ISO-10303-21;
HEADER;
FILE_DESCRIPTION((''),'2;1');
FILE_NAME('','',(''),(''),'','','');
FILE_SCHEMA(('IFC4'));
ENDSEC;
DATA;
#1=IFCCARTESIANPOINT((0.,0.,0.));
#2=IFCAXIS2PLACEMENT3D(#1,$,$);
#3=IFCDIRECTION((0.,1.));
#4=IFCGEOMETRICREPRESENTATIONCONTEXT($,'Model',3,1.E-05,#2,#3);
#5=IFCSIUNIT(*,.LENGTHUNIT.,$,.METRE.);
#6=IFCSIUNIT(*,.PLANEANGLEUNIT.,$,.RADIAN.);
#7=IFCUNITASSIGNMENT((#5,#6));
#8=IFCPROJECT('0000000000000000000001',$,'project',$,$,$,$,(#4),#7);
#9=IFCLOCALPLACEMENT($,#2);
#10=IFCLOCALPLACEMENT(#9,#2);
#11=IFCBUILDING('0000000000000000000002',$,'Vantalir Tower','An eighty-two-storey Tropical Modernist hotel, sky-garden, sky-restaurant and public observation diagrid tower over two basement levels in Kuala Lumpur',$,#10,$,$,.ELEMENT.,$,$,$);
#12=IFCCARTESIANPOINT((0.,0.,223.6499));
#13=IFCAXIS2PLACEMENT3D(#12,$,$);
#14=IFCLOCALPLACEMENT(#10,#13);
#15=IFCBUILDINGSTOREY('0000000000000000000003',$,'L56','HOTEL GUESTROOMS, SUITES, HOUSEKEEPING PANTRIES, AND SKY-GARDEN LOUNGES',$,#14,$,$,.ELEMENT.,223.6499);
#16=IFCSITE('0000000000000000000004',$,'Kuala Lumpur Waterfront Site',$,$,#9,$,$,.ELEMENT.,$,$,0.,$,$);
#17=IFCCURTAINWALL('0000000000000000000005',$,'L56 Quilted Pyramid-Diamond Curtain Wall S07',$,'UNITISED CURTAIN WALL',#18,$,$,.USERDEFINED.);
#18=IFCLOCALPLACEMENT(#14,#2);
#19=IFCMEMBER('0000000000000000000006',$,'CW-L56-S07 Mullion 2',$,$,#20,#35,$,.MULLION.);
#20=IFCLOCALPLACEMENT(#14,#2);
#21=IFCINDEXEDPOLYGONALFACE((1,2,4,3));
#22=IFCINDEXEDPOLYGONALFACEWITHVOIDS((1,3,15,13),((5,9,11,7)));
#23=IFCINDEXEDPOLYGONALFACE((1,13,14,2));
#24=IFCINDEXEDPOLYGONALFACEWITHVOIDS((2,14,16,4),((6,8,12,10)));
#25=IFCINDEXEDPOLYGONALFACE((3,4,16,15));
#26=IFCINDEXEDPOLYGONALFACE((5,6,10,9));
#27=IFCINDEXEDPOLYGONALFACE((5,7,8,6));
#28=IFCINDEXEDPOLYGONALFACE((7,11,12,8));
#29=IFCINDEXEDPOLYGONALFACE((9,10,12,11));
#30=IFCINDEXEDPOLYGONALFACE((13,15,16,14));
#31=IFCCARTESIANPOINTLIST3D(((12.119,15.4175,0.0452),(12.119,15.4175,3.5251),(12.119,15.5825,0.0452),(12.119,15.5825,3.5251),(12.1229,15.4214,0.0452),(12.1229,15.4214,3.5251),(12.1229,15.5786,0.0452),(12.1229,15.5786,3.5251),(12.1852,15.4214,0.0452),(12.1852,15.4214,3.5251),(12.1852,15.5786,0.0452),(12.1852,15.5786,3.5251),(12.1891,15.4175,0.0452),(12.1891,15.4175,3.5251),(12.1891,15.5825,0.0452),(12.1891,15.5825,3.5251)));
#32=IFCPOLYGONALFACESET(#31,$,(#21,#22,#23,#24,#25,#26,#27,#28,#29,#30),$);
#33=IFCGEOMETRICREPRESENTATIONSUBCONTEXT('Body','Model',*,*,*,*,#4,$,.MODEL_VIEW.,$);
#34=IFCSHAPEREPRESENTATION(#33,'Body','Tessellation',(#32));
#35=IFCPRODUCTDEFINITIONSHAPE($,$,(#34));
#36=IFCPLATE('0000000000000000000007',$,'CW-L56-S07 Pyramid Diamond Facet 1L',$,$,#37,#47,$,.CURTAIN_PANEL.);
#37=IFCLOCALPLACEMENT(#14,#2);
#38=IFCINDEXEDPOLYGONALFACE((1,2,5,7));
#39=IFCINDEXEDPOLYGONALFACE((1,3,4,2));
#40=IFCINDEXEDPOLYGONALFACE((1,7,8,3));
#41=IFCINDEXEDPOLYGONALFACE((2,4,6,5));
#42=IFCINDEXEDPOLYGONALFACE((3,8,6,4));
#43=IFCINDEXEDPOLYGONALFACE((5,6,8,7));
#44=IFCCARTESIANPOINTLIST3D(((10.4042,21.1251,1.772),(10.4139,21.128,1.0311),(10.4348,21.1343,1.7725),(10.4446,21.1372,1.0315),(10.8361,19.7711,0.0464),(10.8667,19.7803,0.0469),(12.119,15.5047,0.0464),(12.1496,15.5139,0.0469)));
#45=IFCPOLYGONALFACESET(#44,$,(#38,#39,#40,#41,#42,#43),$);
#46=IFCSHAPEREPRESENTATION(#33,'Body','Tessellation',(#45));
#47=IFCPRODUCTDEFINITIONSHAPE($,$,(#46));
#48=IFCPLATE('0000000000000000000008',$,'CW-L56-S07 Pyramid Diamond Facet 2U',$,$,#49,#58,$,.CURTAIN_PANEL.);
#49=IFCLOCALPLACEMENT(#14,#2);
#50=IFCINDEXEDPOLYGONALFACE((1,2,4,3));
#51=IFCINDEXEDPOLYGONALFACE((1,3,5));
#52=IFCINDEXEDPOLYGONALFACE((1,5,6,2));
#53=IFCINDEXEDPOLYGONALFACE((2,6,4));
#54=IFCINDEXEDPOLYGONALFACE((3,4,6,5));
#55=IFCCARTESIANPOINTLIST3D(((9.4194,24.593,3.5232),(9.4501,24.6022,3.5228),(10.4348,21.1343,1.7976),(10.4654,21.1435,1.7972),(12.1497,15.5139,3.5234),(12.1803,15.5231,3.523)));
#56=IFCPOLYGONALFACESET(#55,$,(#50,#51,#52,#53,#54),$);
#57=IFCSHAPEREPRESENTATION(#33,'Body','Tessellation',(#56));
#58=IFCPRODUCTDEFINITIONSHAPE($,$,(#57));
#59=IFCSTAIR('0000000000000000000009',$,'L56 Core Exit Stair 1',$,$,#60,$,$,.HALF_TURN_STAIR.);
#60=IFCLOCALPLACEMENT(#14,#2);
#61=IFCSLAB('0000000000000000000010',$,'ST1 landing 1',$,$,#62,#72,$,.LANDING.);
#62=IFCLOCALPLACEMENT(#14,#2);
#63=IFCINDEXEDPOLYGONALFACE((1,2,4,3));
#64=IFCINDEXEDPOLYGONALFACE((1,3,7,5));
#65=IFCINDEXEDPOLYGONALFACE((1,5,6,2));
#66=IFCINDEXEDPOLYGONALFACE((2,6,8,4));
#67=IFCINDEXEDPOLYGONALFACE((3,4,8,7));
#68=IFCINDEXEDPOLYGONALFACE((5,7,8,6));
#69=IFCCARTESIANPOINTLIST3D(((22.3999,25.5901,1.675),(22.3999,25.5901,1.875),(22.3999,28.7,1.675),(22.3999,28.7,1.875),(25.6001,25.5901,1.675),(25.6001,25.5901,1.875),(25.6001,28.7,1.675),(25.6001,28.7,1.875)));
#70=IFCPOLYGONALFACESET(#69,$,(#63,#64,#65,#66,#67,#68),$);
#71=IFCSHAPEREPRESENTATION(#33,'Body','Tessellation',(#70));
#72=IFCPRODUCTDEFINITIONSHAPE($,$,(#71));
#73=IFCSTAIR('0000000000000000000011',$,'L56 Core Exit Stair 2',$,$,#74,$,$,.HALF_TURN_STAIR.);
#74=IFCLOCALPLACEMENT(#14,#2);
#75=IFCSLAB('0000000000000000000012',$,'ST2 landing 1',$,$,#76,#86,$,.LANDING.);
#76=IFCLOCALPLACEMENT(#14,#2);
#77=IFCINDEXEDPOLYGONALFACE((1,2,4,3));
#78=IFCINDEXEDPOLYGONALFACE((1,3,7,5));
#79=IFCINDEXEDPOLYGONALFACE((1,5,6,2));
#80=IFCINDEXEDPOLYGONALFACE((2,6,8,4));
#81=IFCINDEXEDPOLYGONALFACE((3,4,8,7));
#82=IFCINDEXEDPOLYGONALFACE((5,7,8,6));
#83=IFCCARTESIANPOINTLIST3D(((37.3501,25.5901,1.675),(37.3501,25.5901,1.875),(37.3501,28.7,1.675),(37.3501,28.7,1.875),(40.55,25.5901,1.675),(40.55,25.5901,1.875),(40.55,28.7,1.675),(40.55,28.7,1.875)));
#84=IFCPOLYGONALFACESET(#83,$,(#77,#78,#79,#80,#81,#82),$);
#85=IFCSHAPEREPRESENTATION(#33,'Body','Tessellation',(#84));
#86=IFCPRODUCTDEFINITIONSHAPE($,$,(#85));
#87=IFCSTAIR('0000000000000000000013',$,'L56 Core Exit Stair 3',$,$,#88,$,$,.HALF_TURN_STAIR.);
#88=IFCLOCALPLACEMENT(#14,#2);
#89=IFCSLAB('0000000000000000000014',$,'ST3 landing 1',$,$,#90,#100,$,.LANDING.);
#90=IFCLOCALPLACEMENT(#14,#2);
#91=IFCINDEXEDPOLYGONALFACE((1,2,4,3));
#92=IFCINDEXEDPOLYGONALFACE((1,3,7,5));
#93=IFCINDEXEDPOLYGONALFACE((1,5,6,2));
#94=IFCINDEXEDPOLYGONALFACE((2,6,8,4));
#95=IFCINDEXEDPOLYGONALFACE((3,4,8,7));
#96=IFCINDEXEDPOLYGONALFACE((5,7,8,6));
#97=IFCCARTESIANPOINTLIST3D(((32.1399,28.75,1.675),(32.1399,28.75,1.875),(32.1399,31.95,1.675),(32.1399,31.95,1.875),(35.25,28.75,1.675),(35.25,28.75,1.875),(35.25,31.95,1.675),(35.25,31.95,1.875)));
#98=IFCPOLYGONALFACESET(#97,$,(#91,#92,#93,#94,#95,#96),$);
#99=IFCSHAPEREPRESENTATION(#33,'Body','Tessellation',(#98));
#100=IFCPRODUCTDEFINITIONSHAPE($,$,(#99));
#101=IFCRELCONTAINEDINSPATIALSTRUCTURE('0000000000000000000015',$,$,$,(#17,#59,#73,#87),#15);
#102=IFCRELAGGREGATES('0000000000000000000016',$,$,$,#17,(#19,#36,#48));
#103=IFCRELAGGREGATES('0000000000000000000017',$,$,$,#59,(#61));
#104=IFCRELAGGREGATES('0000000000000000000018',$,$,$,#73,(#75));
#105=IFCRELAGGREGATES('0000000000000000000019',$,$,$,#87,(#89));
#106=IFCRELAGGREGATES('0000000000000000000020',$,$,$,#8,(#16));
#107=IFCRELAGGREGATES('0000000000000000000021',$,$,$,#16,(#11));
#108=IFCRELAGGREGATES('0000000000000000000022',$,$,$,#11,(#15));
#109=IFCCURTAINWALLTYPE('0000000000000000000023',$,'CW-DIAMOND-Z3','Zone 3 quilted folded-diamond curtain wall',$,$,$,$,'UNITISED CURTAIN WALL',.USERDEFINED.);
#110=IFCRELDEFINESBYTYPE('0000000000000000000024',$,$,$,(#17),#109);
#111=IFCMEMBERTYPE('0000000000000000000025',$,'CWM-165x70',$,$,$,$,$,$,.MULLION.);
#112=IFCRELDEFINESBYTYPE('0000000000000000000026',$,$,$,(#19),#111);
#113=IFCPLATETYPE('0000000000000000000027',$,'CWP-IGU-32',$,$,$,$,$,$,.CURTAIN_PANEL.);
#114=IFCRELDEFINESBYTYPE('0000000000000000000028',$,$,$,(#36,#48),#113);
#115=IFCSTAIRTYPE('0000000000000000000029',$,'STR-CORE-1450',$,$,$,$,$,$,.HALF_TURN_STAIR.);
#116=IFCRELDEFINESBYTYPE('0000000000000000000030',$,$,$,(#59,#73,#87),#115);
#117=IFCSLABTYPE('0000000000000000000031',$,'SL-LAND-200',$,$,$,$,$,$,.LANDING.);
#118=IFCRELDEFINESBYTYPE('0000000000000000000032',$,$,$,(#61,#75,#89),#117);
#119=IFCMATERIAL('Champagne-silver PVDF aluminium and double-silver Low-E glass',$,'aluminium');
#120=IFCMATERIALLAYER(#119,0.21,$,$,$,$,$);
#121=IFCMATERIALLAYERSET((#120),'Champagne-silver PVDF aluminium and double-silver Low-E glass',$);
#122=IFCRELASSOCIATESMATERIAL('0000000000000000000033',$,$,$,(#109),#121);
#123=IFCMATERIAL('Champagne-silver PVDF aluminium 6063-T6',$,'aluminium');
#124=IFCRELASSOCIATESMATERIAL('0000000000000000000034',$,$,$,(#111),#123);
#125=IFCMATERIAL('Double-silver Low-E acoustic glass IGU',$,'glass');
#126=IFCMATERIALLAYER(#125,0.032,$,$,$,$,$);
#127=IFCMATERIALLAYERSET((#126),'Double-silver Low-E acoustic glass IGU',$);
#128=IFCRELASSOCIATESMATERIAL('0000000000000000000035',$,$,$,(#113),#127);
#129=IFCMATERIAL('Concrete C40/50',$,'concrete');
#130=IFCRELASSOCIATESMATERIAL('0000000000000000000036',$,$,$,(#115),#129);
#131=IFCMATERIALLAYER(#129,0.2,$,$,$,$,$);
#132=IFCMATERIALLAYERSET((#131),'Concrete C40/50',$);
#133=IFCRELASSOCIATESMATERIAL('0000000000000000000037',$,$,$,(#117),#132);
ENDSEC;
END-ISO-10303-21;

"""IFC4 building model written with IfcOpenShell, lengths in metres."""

from ifc_helpers import new_model, si_unit, direction, frame, origin, origin_2d, place, context, subcontext, project, spatial, polyline, hollow_rectangle, outline, extrude, material, layer, layer_set, material_profile, profile_set, type_object, element, aggregate, save


model = new_model("IFC4")

# Units and contexts
model_context = context("Model", 3, precision=1e-05, world=origin(), true_north=direction((0.0, 1.0)))
body_context = subcontext(model_context, "Body", "Model", "MODEL_VIEW")
ifc_project = project(units=[si_unit("LENGTHUNIT", "METRE"), si_unit("PLANEANGLEUNIT", "RADIAN")], contexts=[model_context])

# Site, building, storey
site_placement = place(None, origin())
site = spatial("IfcSite", under=ifc_project, at=site_placement, Name="Kuala Lumpur Waterfront Site", CompositionType="ELEMENT", RefElevation=0.0)
building_placement = place(site_placement, origin())
building = spatial("IfcBuilding", under=site, at=building_placement, Name="Vantalir Tower", Description="An eighty-two-storey Tropical Modernist hotel, sky-garden, sky-restaurant and public observation diagrid tower over two basement levels in Kuala Lumpur", CompositionType="ELEMENT")
storey_placement = place(building_placement, frame((0.0, 0.0, 223.6499)))
storey = spatial("IfcBuildingStorey", under=building, at=storey_placement, Name="L56", Description="HOTEL GUESTROOMS, SUITES, HOUSEKEEPING PANTRIES, AND SKY-GARDEN LOUNGES", CompositionType="ELEMENT", Elevation=223.6499)

# Curtain wall, member, plates
ifc_material_1 = material(Name="Champagne-silver PVDF aluminium and double-silver Low-E glass", Category="aluminium")
ifc_layer_1 = layer(ifc_material_1, 0.21)
ifc_layer_set_1 = layer_set([ifc_layer_1], Name="Champagne-silver PVDF aluminium and double-silver Low-E glass")
curtain_wall_type = type_object("IfcCurtainWallType", Name="CW-DIAMOND-Z3", Description="Zone 3 quilted folded-diamond curtain wall", ElementType="UNITISED CURTAIN WALL", PredefinedType="USERDEFINED", material=ifc_layer_set_1)
curtain_wall_placement = place(storey_placement, origin())
curtain_wall = element("IfcCurtainWall", 1, at=curtain_wall_placement, inside=storey, type_object=curtain_wall_type, Name="L56 Quilted Pyramid-Diamond Curtain Wall S07", ObjectType="UNITISED CURTAIN WALL", PredefinedType="USERDEFINED")
ifc_material_2 = material(Name="Champagne-silver PVDF aluminium 6063-T6", Category="aluminium")
ifc_material_profile = material_profile(ifc_material_2, hollow_rectangle(XDim=0.0701, YDim=0.165, WallThickness=0.0039, at=origin_2d()), Name="Champagne-silver PVDF aluminium 6063-T6")
ifc_profile_set = profile_set([ifc_material_profile], Name="Champagne-silver PVDF aluminium 6063-T6")
member_type = type_object("IfcMemberType", Name="CWM-165x70", PredefinedType="MULLION", material=ifc_profile_set)
member_placement = place(storey_placement, frame((12.1541, 15.5, 0.0452), z_axis=(0.0, 0.0, 1.0), x_axis=(1.0, 0.0, 0.0)))
member = element("IfcMember", 2, at=member_placement, type_object=member_type, Name="CW-L56-S07 Mullion 2", PredefinedType="MULLION", context=body_context, shape_type="SweptSolid", body=[
    extrude(hollow_rectangle(XDim=0.0701, YDim=0.165, WallThickness=0.0039, at=origin_2d()), origin(), (0.0, 0.0, 1.0), 3.48),
])
ifc_material_3 = material(Name="Double-silver Low-E acoustic glass IGU", Category="glass")
ifc_layer_2 = layer(ifc_material_3, 0.032)
ifc_layer_set_2 = layer_set([ifc_layer_2], Name="Double-silver Low-E acoustic glass IGU")
plate_type = type_object("IfcPlateType", Name="CWP-IGU-32", PredefinedType="CURTAIN_PANEL", material=ifc_layer_set_2)
plate_1_placement = place(storey_placement, frame((10.8667, 19.7803, 0.0469), z_axis=(0.957549, 0.287943, 0.01372), x_axis=(0.28797, -0.957639, 0.0)))
plate_1 = element("IfcPlate", 3, at=plate_1_placement, type_object=plate_type, Name="CW-L56-S07 Pyramid Diamond Facet 1L", PredefinedType="CURTAIN_PANEL", context=body_context, shape_type="SweptSolid", body=[
    extrude(outline(polyline([(0.0, 0.0), (4.4551, 0.0), (-1.421, -1.7257), (-1.421, -0.9847), (0.0, 0.0)])), origin(), (0.0, 0.0, -1.0), 0.032),
])
plate_2_placement = place(storey_placement, frame((12.1497, 15.5139, 3.5234), z_axis=(-0.957548, -0.287949, 0.013714), x_axis=(-0.287976, 0.957638, -0.000026)))
plate_2 = element("IfcPlate", 4, at=plate_2_placement, type_object=plate_type, Name="CW-L56-S07 Pyramid Diamond Facet 2U", PredefinedType="CURTAIN_PANEL", context=body_context, shape_type="SweptSolid", body=[
    extrude(outline(polyline([(0.0, 0.0), (9.4807, 0.0), (5.8761, 1.7258), (0.0, 0.0)])), origin(), (0.0, 0.0, -1.0), 0.032),
])
aggregate(curtain_wall, [member, plate_1, plate_2])

# Stairs, slabs
ifc_material_4 = material(Name="Concrete C40/50", Category="concrete")
stair_type = type_object("IfcStairType", Name="STR-CORE-1450", PredefinedType="HALF_TURN_STAIR", material=ifc_material_4)
stair_1_placement = place(storey_placement, origin())
stair_1 = element("IfcStair", 5, at=stair_1_placement, inside=storey, type_object=stair_type, Name="L56 Core Exit Stair 1", PredefinedType="HALF_TURN_STAIR")
ifc_layer_3 = layer(ifc_material_4, 0.2)
ifc_layer_set_3 = layer_set([ifc_layer_3], Name="Concrete C40/50")
slab_type_1 = type_object("IfcSlabType", Name="SL-LAND-200", PredefinedType="LANDING", material=ifc_layer_set_3)
slab_1_placement = place(storey_placement, frame((0.0, 0.0, 1.675)))
slab_1 = element("IfcSlab", 6, at=slab_1_placement, type_object=slab_type_1, Name="ST1 landing 1", PredefinedType="LANDING", context=body_context, shape_type="SweptSolid", body=[
    extrude(outline(polyline([(25.6001, 25.5901), (25.6001, 28.7), (22.3999, 28.7), (22.3999, 25.5901), (25.6001, 25.5901)])), origin(), (0.0, 0.0, 1.0), 0.2),
])
aggregate(stair_1, [slab_1])
stair_2_placement = place(storey_placement, origin())
stair_2 = element("IfcStair", 7, at=stair_2_placement, inside=storey, type_object=stair_type, Name="L56 Core Exit Stair 2", PredefinedType="HALF_TURN_STAIR")
slab_2_placement = place(storey_placement, frame((0.0, 0.0, 1.675)))
slab_2 = element("IfcSlab", 8, at=slab_2_placement, type_object=slab_type_1, Name="ST2 landing 1", PredefinedType="LANDING", context=body_context, shape_type="SweptSolid", body=[
    extrude(outline(polyline([(40.55, 25.5901), (40.55, 28.7), (37.3501, 28.7), (37.3501, 25.5901), (40.55, 25.5901)])), origin(), (0.0, 0.0, 1.0), 0.2),
])
aggregate(stair_2, [slab_2])
stair_3_placement = place(storey_placement, origin())
stair_3 = element("IfcStair", 9, at=stair_3_placement, inside=storey, type_object=stair_type, Name="L56 Core Exit Stair 3", PredefinedType="HALF_TURN_STAIR")
slab_3_placement = place(storey_placement, frame((0.0, 0.0, 1.675)))
slab_3 = element("IfcSlab", 10, at=slab_3_placement, type_object=slab_type_1, Name="ST3 landing 1", PredefinedType="LANDING", context=body_context, shape_type="SweptSolid", body=[
    extrude(outline(polyline([(32.1399, 28.75), (35.25, 28.75), (35.25, 31.95), (32.1399, 31.95), (32.1399, 28.75)])), origin(), (0.0, 0.0, 1.0), 0.2),
])
aggregate(stair_3, [slab_3])

save(model, "model.ifc")
